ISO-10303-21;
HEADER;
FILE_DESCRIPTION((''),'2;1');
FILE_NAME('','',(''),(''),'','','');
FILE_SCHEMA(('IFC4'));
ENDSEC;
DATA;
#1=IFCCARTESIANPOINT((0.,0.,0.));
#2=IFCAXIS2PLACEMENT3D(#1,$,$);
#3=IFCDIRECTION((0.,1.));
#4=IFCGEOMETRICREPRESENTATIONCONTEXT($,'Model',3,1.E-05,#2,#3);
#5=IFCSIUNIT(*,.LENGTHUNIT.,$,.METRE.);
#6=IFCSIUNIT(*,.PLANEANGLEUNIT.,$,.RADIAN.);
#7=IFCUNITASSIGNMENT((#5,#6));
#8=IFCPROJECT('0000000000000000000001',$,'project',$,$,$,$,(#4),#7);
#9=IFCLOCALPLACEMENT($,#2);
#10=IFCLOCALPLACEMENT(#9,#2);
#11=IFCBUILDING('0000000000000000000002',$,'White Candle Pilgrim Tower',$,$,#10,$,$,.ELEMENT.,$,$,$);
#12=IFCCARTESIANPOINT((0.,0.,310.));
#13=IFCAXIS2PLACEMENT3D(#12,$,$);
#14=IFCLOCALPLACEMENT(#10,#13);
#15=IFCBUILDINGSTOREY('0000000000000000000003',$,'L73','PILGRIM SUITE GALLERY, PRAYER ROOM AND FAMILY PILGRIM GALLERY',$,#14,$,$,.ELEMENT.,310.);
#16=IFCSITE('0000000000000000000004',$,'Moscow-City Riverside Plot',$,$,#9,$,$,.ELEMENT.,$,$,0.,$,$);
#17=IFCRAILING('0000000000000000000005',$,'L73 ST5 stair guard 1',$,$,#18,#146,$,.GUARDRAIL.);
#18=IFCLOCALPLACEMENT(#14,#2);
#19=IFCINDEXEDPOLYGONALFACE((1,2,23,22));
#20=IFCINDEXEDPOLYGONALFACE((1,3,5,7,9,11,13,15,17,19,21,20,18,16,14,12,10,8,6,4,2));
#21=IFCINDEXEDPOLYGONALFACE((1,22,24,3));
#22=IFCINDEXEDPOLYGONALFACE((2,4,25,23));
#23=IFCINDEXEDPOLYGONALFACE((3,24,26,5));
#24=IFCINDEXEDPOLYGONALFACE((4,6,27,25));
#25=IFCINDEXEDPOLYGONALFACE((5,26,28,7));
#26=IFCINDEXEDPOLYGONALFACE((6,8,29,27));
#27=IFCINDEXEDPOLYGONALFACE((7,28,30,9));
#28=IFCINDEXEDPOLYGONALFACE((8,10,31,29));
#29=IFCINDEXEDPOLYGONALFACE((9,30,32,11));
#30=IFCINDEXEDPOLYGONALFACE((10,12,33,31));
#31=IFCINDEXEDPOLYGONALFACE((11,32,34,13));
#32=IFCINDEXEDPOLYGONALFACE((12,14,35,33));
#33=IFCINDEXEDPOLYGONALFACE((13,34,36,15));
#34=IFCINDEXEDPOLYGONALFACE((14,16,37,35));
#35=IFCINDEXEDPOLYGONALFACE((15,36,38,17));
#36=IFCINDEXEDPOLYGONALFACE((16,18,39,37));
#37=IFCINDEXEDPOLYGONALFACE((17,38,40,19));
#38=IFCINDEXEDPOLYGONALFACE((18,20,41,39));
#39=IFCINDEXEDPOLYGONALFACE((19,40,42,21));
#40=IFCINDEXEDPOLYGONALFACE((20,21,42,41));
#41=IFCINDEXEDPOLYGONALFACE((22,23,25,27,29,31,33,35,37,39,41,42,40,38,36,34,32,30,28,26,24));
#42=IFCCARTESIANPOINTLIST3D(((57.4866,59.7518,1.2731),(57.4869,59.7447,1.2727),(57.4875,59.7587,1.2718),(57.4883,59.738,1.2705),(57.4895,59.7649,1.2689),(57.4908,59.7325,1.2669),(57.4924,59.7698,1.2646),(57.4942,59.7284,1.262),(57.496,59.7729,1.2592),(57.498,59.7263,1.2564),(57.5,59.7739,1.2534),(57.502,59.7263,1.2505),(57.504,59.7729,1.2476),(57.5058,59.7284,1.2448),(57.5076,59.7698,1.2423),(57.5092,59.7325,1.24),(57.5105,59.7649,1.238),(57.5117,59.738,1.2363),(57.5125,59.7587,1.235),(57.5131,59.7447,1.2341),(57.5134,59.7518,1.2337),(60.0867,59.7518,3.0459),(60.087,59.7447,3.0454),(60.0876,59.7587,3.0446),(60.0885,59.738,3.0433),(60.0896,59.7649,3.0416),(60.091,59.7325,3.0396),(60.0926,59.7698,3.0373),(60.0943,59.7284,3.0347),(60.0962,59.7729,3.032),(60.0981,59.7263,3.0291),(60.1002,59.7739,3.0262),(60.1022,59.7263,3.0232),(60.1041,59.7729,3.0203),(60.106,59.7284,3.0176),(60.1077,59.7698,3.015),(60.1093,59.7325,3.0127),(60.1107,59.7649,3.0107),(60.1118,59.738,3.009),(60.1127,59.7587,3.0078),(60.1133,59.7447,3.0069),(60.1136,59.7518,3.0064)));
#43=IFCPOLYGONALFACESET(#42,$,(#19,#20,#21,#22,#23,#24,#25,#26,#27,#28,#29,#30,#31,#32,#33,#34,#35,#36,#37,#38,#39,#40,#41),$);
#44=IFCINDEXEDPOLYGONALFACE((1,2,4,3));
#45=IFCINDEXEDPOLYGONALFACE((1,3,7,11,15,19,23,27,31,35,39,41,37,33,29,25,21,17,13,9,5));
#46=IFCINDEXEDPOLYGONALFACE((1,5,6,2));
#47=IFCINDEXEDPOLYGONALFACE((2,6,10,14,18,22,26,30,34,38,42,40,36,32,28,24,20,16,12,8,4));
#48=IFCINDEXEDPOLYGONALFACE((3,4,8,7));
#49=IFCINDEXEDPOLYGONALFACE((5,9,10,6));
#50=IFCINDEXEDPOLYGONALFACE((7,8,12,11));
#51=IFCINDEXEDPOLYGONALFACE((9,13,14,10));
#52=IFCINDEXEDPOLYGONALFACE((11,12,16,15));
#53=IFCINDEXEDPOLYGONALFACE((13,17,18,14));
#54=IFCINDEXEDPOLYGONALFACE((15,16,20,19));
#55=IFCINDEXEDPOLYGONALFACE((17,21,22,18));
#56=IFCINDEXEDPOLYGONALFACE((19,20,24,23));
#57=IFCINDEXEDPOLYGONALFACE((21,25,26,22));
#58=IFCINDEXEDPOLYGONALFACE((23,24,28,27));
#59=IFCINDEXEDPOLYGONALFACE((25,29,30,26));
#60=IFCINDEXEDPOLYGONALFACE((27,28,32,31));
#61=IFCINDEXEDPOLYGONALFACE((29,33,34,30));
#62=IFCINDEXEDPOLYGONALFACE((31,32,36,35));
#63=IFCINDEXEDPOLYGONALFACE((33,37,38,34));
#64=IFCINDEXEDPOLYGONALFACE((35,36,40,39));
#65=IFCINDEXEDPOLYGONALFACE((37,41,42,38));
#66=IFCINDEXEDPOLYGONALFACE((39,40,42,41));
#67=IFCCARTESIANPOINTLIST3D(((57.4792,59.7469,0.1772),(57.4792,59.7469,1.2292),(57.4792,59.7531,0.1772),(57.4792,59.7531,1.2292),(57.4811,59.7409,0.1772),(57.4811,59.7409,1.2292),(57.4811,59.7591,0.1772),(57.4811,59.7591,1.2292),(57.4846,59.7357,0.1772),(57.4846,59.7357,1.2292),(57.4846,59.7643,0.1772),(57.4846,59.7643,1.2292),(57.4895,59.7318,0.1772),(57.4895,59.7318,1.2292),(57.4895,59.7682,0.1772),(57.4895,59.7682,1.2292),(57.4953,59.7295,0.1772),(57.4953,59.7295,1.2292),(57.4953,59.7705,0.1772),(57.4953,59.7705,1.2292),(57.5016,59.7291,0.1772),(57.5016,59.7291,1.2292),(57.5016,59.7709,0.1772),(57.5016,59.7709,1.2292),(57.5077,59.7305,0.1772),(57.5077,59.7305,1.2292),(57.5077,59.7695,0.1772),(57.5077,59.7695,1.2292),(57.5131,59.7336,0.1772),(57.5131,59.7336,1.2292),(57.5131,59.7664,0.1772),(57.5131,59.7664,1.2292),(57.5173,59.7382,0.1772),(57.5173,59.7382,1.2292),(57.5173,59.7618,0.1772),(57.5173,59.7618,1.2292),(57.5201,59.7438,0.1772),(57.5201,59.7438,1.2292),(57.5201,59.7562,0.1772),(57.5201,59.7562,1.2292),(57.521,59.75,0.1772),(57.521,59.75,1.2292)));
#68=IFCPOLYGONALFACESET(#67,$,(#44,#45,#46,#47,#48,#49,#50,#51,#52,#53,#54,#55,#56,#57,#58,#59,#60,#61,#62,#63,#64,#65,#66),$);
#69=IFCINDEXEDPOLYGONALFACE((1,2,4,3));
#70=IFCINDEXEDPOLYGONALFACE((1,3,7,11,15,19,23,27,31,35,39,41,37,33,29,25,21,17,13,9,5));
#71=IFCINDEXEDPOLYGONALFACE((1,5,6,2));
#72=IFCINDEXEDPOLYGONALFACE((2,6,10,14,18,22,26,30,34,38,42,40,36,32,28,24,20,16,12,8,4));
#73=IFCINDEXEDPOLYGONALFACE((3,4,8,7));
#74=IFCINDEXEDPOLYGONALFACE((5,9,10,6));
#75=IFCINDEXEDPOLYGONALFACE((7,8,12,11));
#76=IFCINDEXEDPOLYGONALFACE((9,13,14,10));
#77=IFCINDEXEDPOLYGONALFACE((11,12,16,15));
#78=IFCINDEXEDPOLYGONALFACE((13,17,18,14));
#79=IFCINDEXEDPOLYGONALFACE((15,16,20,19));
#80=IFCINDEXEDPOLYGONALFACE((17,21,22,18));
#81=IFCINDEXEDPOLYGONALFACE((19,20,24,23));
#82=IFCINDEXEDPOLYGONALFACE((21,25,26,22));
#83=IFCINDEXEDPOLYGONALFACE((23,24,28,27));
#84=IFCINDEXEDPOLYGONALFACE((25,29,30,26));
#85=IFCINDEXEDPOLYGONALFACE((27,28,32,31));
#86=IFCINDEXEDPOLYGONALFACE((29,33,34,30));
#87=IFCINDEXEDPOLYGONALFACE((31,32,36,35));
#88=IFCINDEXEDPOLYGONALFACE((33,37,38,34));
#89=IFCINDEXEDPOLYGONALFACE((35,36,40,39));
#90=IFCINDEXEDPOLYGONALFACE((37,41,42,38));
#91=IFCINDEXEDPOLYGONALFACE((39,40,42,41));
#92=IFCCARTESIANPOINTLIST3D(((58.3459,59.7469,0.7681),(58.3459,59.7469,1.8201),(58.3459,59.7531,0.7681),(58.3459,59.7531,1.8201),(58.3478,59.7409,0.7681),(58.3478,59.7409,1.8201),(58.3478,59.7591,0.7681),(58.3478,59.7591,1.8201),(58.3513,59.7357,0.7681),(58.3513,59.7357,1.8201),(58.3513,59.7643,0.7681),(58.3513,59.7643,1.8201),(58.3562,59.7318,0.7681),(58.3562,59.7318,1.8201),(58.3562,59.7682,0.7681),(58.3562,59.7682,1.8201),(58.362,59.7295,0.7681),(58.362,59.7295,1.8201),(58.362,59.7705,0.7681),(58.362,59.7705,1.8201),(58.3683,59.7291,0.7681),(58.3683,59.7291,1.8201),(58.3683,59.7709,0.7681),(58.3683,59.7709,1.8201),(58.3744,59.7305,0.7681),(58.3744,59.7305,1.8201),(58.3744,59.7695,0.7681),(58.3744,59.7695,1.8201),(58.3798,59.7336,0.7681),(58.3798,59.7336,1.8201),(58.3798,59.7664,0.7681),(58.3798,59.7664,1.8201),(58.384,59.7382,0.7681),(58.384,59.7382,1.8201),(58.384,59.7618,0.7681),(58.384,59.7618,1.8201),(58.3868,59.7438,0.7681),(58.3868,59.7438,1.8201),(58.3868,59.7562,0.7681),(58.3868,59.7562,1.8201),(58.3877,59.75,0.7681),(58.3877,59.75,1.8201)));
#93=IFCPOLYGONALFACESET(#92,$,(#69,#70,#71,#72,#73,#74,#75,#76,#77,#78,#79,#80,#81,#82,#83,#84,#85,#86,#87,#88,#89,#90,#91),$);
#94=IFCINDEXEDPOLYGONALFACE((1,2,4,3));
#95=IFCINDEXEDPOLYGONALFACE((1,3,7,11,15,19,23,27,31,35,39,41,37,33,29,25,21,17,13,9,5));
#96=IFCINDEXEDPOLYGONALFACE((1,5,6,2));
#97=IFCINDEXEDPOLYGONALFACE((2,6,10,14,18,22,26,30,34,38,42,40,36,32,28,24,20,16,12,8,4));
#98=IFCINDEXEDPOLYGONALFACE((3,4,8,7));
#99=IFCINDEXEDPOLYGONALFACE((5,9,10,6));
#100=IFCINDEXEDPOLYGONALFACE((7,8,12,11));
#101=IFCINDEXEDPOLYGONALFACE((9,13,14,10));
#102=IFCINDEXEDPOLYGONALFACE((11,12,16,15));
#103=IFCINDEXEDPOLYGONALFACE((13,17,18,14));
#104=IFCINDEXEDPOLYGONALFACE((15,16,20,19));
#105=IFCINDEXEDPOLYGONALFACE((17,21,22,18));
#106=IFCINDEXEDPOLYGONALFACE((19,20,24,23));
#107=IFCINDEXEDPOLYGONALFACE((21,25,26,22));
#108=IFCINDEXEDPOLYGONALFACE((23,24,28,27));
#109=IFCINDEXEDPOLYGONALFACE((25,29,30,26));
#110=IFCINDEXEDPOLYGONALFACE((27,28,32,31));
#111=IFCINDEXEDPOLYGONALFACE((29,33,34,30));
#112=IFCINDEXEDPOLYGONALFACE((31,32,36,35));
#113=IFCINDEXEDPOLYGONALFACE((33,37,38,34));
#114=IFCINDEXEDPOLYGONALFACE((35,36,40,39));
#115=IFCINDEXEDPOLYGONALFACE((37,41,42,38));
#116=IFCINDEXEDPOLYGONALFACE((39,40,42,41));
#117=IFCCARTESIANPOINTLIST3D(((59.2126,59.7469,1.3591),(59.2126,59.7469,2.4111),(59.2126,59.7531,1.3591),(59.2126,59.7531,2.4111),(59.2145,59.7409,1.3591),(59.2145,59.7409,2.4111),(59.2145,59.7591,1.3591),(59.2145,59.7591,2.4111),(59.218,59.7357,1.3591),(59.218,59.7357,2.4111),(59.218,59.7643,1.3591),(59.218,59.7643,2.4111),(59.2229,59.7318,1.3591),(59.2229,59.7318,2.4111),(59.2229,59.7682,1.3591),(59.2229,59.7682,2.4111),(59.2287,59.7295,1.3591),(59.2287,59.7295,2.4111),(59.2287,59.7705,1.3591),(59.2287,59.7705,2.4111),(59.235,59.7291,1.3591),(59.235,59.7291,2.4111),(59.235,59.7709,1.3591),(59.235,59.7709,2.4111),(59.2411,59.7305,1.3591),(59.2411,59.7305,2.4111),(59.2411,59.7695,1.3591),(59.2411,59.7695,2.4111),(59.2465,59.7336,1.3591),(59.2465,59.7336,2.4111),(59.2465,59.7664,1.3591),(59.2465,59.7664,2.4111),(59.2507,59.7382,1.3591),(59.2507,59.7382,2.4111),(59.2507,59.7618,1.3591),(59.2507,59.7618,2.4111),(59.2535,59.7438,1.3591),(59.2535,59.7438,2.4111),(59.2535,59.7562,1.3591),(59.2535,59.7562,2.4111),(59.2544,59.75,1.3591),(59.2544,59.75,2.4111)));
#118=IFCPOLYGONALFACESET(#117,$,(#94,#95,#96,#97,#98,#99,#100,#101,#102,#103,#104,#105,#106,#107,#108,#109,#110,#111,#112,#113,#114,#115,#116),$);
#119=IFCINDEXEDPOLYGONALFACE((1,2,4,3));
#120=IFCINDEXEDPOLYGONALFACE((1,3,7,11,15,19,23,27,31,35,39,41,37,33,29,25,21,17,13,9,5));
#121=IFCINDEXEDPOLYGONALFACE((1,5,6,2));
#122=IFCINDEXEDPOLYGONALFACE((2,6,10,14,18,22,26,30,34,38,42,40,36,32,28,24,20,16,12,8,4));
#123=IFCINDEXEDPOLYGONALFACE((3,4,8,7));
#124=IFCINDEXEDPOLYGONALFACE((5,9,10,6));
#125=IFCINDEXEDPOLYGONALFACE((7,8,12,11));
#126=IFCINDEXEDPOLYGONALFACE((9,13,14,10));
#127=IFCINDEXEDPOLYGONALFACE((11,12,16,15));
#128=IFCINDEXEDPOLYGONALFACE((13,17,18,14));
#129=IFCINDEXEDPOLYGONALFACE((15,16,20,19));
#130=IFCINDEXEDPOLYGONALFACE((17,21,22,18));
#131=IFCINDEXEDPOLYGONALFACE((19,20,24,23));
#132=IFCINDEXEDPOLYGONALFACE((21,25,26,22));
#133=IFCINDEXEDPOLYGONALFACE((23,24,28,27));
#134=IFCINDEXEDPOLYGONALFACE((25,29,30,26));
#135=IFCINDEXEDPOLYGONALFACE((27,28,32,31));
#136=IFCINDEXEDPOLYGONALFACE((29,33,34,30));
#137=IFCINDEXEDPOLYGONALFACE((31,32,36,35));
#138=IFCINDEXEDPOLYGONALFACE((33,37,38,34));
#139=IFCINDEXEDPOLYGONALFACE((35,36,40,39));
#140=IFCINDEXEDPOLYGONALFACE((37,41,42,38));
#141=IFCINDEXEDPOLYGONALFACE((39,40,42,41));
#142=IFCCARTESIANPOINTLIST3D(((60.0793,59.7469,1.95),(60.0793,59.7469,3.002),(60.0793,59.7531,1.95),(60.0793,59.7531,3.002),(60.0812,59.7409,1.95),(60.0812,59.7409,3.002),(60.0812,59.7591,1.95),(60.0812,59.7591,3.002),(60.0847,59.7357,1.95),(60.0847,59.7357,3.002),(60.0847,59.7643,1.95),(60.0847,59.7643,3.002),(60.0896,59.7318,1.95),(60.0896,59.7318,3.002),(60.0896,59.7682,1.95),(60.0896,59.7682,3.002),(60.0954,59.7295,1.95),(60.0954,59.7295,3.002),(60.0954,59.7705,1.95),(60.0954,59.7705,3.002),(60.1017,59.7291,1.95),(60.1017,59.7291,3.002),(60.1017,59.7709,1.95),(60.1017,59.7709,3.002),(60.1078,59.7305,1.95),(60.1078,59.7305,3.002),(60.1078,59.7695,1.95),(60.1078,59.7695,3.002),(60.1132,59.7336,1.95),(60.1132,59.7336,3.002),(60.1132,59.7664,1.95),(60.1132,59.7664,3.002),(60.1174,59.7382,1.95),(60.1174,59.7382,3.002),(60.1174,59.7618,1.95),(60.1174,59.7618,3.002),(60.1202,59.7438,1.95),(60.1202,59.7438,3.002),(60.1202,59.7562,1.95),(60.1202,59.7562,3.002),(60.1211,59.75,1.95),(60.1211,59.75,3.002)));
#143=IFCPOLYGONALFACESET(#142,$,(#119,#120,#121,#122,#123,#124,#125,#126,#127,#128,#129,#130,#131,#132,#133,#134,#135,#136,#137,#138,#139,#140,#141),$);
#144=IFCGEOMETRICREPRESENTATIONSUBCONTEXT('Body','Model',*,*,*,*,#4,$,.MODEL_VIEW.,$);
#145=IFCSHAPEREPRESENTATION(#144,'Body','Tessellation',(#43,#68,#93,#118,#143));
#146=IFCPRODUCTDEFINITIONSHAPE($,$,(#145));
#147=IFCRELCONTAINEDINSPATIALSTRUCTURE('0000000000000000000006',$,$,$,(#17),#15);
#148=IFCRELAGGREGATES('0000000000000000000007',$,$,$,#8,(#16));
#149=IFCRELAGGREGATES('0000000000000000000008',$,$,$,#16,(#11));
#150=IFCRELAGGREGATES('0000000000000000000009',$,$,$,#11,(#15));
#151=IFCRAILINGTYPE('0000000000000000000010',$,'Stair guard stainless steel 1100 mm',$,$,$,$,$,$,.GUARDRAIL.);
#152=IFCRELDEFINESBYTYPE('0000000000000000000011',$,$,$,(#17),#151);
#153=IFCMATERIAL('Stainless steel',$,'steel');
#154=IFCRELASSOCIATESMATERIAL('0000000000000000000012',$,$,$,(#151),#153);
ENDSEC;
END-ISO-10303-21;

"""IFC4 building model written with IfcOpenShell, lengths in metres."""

from ifc_helpers import new_model, si_unit, direction, frame, origin, origin_2d, place, context, subcontext, project, spatial, circle, extrude, material, type_object, element, save


model = new_model("IFC4")

# Units and contexts
model_context = context("Model", 3, precision=1e-05, world=origin(), true_north=direction((0.0, 1.0)))
body_context = subcontext(model_context, "Body", "Model", "MODEL_VIEW")
ifc_project = project(units=[si_unit("LENGTHUNIT", "METRE"), si_unit("PLANEANGLEUNIT", "RADIAN")], contexts=[model_context])

# Site, building, storey
site_placement = place(None, origin())
site = spatial("IfcSite", under=ifc_project, at=site_placement, Name="Moscow-City Riverside Plot", CompositionType="ELEMENT", RefElevation=0.0)
building_placement = place(site_placement, origin())
building = spatial("IfcBuilding", under=site, at=building_placement, Name="White Candle Pilgrim Tower", CompositionType="ELEMENT")
storey_placement = place(building_placement, frame((0.0, 0.0, 310.0)))
storey = spatial("IfcBuildingStorey", under=building, at=storey_placement, Name="L73", Description="PILGRIM SUITE GALLERY, PRAYER ROOM AND FAMILY PILGRIM GALLERY", CompositionType="ELEMENT", Elevation=310.0)

# Railing
ifc_material_1 = material(Name="Stainless steel", Category="steel")
railing_type_1 = type_object("IfcRailingType", Name="Stair guard stainless steel 1100 mm", PredefinedType="GUARDRAIL", material=ifc_material_1)
railing_1_placement = place(storey_placement, frame((57.5, 59.75, 0.1772)))
element("IfcRailing", 1, at=railing_1_placement, inside=storey, type_object=railing_type_1, Name="L73 ST5 stair guard 1", PredefinedType="GUARDRAIL", context=body_context, shape_type="SweptSolid", body=[
    extrude(circle(Radius=0.0239, at=origin_2d()), frame((0.0, 0.0, 1.0762), z_axis=(0.82624, 0.0, 0.563318), x_axis=(0.0, 1.0, 0.0)), (0.0, 0.0, 1.0), 3.147),
    extrude(circle(Radius=0.021, at=origin_2d()), origin(), (0.0, 0.0, 1.0), 1.052),
    extrude(circle(Radius=0.021, at=origin_2d()), frame((0.8667, 0.0, 0.5908)), (0.0, 0.0, 1.0), 1.052),
    extrude(circle(Radius=0.021, at=origin_2d()), frame((1.7334, 0.0, 1.1819)), (0.0, 0.0, 1.0), 1.052),
    extrude(circle(Radius=0.021, at=origin_2d()), frame((2.6001, 0.0, 1.7727)), (0.0, 0.0, 1.0), 1.052),
])

save(model, "model.ifc")
